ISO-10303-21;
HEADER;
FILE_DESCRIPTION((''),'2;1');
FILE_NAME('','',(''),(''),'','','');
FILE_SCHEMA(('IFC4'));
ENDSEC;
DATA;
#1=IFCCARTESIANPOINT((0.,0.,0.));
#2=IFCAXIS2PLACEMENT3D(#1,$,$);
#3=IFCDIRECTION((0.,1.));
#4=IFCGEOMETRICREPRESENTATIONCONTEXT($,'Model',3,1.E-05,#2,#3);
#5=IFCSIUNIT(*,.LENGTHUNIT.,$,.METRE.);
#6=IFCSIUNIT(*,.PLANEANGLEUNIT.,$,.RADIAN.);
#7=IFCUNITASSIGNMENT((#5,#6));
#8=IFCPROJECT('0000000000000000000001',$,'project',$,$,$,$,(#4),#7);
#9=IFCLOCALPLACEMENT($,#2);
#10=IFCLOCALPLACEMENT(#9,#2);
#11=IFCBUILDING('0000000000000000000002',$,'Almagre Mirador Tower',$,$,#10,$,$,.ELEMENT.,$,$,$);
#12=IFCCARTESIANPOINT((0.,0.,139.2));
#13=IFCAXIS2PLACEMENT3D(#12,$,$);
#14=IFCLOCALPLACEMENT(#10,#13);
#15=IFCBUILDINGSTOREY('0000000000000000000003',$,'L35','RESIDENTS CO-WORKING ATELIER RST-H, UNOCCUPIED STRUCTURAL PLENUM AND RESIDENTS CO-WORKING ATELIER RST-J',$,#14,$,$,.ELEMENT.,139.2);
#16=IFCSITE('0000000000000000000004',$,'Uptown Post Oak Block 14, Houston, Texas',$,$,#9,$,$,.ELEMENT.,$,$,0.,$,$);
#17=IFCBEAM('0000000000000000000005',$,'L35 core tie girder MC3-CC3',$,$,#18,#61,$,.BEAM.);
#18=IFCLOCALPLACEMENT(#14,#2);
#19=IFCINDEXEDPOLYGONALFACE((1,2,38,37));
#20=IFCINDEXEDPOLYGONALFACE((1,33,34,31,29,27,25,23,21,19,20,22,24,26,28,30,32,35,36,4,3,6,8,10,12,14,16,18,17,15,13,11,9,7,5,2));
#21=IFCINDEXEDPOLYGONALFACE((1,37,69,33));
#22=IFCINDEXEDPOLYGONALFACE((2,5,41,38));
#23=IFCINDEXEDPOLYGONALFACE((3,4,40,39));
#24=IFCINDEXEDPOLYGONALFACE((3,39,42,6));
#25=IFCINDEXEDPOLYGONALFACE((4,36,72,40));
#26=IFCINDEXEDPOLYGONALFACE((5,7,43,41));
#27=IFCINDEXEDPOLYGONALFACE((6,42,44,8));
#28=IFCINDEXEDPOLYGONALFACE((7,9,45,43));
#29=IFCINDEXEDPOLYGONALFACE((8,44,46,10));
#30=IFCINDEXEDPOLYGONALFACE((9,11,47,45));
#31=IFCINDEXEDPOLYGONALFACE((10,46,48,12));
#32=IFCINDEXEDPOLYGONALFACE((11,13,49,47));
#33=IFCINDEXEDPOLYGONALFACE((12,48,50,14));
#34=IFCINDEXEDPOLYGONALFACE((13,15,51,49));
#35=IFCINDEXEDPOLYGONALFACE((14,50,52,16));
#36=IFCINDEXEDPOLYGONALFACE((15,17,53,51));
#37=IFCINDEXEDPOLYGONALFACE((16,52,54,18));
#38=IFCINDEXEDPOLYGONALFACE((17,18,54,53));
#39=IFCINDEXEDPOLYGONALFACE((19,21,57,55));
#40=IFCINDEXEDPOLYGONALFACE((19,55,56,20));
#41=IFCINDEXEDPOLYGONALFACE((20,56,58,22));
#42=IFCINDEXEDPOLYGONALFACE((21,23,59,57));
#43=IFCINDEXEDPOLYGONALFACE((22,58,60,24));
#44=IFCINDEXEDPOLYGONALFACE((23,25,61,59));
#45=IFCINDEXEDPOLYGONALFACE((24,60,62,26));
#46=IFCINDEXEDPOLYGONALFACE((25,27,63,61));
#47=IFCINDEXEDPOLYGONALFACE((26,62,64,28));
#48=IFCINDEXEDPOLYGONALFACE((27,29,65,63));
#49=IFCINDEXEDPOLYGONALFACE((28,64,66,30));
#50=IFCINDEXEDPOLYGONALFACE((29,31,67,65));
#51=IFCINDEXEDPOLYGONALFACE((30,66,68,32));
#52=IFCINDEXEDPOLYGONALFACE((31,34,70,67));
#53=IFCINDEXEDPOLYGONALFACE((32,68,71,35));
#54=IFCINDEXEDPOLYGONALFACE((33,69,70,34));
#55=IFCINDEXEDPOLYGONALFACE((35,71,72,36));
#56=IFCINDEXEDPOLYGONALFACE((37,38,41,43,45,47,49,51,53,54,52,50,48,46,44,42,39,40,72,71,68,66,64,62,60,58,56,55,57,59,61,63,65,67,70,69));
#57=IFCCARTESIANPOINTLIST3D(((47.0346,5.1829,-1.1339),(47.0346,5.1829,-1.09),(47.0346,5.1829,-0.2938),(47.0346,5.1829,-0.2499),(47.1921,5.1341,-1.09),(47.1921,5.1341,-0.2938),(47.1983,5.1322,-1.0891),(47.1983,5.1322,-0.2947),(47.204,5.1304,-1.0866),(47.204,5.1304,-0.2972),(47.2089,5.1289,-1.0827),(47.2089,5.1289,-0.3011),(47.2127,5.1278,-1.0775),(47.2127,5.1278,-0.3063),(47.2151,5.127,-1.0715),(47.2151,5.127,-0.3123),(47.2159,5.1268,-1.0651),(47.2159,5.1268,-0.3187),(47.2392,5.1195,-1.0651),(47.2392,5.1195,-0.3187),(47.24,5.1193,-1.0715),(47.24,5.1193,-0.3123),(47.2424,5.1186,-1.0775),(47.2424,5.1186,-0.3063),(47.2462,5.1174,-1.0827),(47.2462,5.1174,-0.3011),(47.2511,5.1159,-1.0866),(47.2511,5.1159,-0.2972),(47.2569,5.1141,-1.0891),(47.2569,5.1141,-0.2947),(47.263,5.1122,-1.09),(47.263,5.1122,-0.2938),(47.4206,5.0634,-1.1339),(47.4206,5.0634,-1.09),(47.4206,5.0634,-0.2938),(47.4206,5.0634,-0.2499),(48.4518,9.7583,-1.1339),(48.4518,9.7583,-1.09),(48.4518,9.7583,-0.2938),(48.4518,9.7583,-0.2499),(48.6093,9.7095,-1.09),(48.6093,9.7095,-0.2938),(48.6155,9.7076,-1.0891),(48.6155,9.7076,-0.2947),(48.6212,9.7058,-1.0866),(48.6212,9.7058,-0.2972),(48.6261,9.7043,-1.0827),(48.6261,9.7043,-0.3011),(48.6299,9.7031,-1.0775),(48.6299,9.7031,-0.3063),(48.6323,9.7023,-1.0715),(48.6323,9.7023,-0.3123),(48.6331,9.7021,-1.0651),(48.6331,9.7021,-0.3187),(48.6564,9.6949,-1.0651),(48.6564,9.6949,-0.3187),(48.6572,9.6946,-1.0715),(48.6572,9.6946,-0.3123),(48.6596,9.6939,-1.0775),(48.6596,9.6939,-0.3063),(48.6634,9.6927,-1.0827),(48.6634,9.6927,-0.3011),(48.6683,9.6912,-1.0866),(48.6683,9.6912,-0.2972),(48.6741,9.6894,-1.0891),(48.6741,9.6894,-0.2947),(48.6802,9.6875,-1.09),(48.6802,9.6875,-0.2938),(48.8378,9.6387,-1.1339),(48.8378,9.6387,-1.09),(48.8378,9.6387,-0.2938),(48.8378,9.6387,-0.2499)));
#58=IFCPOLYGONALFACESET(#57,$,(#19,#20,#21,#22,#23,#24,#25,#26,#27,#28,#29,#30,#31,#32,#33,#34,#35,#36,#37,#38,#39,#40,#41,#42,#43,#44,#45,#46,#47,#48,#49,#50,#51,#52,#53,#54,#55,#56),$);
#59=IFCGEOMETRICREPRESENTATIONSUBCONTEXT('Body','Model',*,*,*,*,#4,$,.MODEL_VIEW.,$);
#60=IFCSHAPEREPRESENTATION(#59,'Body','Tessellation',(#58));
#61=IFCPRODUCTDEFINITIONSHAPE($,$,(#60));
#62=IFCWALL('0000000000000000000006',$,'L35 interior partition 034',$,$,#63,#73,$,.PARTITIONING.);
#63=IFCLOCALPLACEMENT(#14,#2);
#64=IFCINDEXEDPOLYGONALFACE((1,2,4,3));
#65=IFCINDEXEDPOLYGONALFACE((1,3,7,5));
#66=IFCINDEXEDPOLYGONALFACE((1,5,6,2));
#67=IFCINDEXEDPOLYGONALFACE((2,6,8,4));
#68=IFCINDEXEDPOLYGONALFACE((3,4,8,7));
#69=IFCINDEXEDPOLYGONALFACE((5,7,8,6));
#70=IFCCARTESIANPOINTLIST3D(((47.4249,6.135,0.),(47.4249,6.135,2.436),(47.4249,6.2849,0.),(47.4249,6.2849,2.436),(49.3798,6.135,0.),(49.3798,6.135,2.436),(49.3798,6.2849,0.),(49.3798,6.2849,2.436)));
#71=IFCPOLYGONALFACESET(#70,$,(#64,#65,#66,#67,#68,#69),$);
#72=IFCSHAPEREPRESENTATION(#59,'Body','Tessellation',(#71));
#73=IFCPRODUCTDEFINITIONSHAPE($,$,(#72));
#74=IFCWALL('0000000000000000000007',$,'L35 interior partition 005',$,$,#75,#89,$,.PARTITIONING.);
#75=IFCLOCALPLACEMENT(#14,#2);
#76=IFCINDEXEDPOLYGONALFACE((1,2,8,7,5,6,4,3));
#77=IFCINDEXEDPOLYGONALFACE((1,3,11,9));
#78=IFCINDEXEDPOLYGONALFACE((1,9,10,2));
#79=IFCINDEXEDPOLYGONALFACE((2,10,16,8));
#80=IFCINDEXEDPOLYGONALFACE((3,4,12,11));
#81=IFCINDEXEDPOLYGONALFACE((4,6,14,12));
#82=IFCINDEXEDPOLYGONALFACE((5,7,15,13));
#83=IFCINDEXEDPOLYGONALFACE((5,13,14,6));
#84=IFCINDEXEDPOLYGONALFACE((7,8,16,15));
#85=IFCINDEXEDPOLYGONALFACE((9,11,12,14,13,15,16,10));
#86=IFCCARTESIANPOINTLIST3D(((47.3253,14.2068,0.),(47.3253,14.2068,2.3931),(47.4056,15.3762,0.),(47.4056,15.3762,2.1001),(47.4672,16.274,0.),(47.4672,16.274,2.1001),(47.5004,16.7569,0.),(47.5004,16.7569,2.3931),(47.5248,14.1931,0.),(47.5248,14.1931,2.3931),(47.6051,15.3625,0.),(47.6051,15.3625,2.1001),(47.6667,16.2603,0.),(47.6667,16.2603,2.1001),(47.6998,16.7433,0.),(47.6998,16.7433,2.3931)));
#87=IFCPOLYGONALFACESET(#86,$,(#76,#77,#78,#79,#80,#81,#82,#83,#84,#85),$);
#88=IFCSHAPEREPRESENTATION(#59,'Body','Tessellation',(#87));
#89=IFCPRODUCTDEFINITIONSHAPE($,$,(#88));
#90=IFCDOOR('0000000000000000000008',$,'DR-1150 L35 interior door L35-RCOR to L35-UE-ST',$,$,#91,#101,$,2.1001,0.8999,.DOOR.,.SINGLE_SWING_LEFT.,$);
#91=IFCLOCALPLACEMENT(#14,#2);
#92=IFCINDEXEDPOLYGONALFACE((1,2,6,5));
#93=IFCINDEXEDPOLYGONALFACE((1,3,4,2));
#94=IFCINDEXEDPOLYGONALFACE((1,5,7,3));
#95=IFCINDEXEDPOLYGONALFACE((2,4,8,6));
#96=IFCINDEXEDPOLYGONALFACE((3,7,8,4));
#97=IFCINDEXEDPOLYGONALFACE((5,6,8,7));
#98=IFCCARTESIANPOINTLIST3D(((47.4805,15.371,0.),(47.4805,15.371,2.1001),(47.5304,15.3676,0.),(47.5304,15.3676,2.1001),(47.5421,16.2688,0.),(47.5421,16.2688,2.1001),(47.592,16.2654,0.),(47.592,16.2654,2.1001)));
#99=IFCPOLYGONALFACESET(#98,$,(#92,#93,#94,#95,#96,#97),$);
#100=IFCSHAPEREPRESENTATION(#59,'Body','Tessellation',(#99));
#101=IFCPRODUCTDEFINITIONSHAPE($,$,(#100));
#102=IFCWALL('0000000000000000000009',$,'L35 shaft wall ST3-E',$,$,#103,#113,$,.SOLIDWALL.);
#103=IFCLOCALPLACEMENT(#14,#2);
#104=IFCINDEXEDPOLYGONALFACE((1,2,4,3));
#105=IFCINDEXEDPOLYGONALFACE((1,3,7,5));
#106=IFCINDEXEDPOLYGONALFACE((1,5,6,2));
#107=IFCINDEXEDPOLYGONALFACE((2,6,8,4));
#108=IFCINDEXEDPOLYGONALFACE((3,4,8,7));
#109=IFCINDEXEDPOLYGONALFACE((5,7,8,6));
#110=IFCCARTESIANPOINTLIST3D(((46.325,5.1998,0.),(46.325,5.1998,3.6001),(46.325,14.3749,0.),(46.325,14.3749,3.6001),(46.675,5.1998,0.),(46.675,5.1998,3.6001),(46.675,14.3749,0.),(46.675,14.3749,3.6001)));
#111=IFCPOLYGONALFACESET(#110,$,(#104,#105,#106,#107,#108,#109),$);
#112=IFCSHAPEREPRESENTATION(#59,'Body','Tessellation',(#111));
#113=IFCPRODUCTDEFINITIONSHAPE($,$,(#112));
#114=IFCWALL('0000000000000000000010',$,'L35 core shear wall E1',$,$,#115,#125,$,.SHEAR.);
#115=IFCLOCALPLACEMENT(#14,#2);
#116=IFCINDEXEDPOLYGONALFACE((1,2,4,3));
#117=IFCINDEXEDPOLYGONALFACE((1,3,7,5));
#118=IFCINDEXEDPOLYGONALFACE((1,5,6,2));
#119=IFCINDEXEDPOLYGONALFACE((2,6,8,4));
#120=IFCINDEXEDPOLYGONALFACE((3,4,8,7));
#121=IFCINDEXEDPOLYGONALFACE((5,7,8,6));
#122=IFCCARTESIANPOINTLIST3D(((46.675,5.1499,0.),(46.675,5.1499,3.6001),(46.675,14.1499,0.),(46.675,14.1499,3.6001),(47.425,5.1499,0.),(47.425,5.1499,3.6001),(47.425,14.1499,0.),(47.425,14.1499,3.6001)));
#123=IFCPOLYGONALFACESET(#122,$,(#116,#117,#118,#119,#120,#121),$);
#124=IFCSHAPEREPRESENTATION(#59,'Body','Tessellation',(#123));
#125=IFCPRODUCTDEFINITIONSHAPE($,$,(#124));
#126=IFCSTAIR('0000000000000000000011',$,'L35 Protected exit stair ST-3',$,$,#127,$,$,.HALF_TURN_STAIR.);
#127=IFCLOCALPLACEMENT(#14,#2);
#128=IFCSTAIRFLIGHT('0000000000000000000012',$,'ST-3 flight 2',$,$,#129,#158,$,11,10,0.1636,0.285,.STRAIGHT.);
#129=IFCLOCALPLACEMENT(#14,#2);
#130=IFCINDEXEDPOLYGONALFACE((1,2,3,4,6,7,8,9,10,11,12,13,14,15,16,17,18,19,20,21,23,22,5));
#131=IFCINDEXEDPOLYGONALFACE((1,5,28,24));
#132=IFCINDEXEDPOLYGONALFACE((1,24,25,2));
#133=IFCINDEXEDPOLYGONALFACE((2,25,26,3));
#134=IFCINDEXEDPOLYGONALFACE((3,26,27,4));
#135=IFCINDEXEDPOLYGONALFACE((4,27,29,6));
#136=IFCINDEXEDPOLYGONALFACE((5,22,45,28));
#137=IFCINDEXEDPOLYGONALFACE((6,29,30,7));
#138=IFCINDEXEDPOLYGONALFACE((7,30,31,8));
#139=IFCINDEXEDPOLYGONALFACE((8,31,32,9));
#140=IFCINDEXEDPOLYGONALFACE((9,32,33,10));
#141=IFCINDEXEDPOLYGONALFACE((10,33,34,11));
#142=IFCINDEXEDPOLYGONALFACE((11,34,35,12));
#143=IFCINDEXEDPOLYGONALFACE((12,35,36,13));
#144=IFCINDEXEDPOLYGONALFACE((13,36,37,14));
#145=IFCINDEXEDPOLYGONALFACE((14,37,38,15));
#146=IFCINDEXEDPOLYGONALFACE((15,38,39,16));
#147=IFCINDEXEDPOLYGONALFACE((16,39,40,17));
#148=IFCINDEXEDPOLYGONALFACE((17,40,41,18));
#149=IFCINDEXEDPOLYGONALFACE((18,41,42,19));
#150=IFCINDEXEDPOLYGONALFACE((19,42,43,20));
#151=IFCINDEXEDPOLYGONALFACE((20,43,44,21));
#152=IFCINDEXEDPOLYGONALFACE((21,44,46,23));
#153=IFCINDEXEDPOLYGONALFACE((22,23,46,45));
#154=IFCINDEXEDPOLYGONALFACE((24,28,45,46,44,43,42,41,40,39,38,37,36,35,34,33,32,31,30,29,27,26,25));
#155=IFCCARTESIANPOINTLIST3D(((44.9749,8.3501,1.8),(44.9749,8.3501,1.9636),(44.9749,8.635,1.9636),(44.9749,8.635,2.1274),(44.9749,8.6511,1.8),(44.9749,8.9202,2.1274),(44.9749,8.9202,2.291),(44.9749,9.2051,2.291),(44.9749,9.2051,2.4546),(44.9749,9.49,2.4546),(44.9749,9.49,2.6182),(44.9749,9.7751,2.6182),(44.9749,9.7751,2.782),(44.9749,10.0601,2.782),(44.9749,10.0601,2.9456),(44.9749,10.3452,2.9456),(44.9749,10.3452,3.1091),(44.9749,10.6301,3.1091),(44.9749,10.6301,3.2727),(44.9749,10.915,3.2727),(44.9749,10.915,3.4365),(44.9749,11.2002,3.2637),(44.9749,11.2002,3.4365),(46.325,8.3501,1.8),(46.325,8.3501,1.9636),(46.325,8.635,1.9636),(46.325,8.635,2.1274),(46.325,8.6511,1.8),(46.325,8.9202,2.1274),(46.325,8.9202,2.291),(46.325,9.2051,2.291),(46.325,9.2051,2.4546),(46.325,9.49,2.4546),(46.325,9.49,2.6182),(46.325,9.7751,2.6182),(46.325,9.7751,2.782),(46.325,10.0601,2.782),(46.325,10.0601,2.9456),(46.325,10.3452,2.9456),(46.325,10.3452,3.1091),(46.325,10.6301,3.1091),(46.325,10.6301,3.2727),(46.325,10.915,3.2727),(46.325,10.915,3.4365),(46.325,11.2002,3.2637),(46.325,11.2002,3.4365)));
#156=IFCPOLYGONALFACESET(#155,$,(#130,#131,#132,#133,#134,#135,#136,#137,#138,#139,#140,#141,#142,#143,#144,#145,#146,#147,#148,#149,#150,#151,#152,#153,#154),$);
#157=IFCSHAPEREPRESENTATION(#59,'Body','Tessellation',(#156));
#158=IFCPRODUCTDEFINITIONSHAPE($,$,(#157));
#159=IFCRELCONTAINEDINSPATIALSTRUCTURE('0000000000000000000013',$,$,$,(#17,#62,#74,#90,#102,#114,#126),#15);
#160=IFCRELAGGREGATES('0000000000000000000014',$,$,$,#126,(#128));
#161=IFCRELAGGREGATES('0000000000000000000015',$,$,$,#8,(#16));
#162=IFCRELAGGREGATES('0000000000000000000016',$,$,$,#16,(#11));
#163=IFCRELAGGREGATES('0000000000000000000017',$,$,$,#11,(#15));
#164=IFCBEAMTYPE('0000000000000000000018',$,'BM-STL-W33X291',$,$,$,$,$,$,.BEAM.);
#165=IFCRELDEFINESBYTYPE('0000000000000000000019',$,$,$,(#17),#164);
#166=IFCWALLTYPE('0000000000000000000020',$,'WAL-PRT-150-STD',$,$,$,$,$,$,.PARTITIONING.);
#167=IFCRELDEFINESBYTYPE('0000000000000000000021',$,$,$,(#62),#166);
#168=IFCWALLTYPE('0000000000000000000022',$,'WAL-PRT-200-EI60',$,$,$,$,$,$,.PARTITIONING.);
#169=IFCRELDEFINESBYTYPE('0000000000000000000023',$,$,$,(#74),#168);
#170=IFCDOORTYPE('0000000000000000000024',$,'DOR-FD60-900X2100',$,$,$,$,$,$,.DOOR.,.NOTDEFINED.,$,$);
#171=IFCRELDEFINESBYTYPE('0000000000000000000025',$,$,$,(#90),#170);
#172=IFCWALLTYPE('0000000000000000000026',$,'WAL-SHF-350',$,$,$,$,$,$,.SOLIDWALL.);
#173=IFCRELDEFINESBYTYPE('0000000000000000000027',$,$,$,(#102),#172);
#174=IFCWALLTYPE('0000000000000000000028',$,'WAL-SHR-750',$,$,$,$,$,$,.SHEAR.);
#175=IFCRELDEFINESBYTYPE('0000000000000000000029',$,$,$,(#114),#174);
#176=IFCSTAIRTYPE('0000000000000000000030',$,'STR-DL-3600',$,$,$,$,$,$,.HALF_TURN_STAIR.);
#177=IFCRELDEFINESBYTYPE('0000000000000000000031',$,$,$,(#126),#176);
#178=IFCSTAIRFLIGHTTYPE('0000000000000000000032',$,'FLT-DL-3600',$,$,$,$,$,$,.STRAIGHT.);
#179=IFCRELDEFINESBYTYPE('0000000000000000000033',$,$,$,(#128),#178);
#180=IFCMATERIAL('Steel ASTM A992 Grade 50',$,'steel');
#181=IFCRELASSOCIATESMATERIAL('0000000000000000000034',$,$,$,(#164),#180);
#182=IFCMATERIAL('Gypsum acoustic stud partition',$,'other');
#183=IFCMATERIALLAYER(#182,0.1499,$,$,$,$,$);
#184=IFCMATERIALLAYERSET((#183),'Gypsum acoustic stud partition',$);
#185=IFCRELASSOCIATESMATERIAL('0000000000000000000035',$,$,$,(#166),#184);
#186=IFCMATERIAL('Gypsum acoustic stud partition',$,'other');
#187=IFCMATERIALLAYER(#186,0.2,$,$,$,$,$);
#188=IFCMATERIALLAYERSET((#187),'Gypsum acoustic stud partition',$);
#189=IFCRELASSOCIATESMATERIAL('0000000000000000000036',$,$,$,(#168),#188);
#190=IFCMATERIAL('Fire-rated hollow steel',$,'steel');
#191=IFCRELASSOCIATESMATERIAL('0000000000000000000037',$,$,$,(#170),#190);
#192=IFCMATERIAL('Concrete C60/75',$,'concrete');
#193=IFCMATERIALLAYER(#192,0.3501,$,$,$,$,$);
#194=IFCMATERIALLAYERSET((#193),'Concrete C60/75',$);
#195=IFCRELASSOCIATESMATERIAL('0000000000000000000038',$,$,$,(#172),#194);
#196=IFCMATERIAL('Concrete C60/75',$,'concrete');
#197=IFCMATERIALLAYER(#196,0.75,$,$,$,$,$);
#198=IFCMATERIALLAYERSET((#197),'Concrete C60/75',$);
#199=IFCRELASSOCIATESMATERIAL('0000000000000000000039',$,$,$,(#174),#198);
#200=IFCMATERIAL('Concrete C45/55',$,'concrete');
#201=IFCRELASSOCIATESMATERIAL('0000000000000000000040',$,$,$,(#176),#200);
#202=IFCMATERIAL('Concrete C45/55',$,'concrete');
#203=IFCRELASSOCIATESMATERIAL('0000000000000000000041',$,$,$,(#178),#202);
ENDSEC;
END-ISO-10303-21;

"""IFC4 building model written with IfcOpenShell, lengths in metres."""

from ifc_helpers import new_model, si_unit, direction, frame, frame_2d, origin, origin_2d, place, context, subcontext, project, spatial, polyline, rectangle, i_section, outline, extrude, material, layer, layer_set, material_profile, profile_set, type_object, element, fill, aggregate, save


model = new_model("IFC4")

# Units and contexts
model_context = context("Model", 3, precision=1e-05, world=origin(), true_north=direction((0.0, 1.0)))
body_context = subcontext(model_context, "Body", "Model", "MODEL_VIEW")
ifc_project = project(units=[si_unit("LENGTHUNIT", "METRE"), si_unit("PLANEANGLEUNIT", "RADIAN")], contexts=[model_context])

# Site, building, storey
site_placement = place(None, origin())
site = spatial("IfcSite", under=ifc_project, at=site_placement, Name="Uptown Post Oak Block 14, Houston, Texas", CompositionType="ELEMENT", RefElevation=0.0)
building_placement = place(site_placement, origin())
building = spatial("IfcBuilding", under=site, at=building_placement, Name="Almagre Mirador Tower", CompositionType="ELEMENT")
storey_placement = place(building_placement, frame((0.0, 0.0, 139.2)))
storey = spatial("IfcBuildingStorey", under=building, at=storey_placement, Name="L35", Description="RESIDENTS CO-WORKING ATELIER RST-H, UNOCCUPIED STRUCTURAL PLENUM AND RESIDENTS CO-WORKING ATELIER RST-J", CompositionType="ELEMENT", Elevation=139.2)

# Beam
ifc_material_1 = material(Name="Steel ASTM A992 Grade 50", Category="steel")
ifc_material_profile_1 = material_profile(ifc_material_1, i_section(OverallWidth=0.4041, OverallDepth=0.884, WebThickness=0.0244, FlangeThickness=0.0439, FilletRadius=0.0249, at=origin_2d()), Name="W33X291")
ifc_profile_set_1 = profile_set([ifc_material_profile_1], Name="Steel ASTM A992 Grade 50")
beam_type_1 = type_object("IfcBeamType", Name="BM-STL-W33X291", PredefinedType="BEAM", material=ifc_profile_set_1)
beam_1_placement = place(storey_placement, frame((48.6448, 9.6985, -0.6919), z_axis=(-0.29588, -0.955225, 0.0), x_axis=(0.955225, -0.29588, 0.0)))
element("IfcBeam", 1, at=beam_1_placement, inside=storey, type_object=beam_type_1, Name="L35 core tie girder MC3-CC3", PredefinedType="BEAM", context=body_context, shape_type="SweptSolid", body=[
    extrude(i_section(OverallWidth=0.4041, OverallDepth=0.884, WebThickness=0.0244, FlangeThickness=0.0439, FilletRadius=0.0249, at=origin_2d()), origin(), (0.0, 0.0, 1.0), 4.7898),
])

# Wall
ifc_material_2 = material(Name="Gypsum acoustic stud partition", Category="other")
ifc_layer_1 = layer(ifc_material_2, 0.1499)
ifc_layer_set_1 = layer_set([ifc_layer_1], Name="Gypsum acoustic stud partition")
wall_type_1 = type_object("IfcWallType", Name="WAL-PRT-150-STD", PredefinedType="PARTITIONING", material=ifc_layer_set_1)
wall_1_placement = place(storey_placement, frame((49.3799, 6.21, 0.0), z_axis=(0.0, 0.0, 1.0), x_axis=(-1.0, 0.0, 0.0)))
element("IfcWall", 2, at=wall_1_placement, inside=storey, type_object=wall_type_1, Name="L35 interior partition 034", PredefinedType="PARTITIONING", context=body_context, shape_type="SweptSolid", body=[
    extrude(rectangle(XDim=1.9548, YDim=0.1499, at=frame_2d((0.9775, 0.0))), origin(), (0.0, 0.0, 1.0), 2.436),
])

# Wall, opening, door
ifc_material_3 = material(Name="Gypsum acoustic stud partition", Category="other")
ifc_layer_2 = layer(ifc_material_3, 0.2)
ifc_layer_set_2 = layer_set([ifc_layer_2], Name="Gypsum acoustic stud partition")
wall_type_2 = type_object("IfcWallType", Name="WAL-PRT-200-EI60", PredefinedType="PARTITIONING", material=ifc_layer_set_2)
wall_2_placement = place(storey_placement, frame((47.425, 14.2, 0.0), z_axis=(0.0, 0.0, 1.0), x_axis=(0.068484, 0.997652, 0.0)))
wall_2 = element("IfcWall", 3, at=wall_2_placement, inside=storey, type_object=wall_type_2, Name="L35 interior partition 005", PredefinedType="PARTITIONING", context=body_context, shape_type="SweptSolid", body=[
    extrude(rectangle(XDim=2.5562, YDim=0.2, at=frame_2d((1.2781, 0.0))), origin(), (0.0, 0.0, 1.0), 2.3931),
])
opening_placement = place(wall_2_placement, frame((1.1721, 0.0, 0.0)))
opening = element("IfcOpeningElement", 4, at=opening_placement, cuts=wall_2, PredefinedType="OPENING", context=body_context, shape_type="SweptSolid", body=[
    extrude(rectangle(XDim=0.8999, YDim=2.1001, at=frame_2d((0.45, 1.05))), frame((0.0, 0.1101, 0.0), z_axis=(0.0, -1.0, 0.0), x_axis=(1.0, 0.0, 0.0)), (0.0, 0.0, 1.0), 0.22),
])
ifc_material_4 = material(Name="Fire-rated hollow steel", Category="steel")
door_type = type_object("IfcDoorType", Name="DOR-FD60-900X2100", OperationType="NOTDEFINED", PredefinedType="DOOR", material=ifc_material_4)
door_placement = place(opening_placement, origin())
door = element("IfcDoor", 5, at=door_placement, inside=storey, type_object=door_type, Name="DR-1150 L35 interior door L35-RCOR to L35-UE-ST", OperationType="SINGLE_SWING_LEFT", OverallHeight=2.1001, OverallWidth=0.8999, PredefinedType="DOOR", context=body_context, shape_type="SweptSolid", body=[
    extrude(rectangle(XDim=0.8999, YDim=2.1001, at=frame_2d((0.45, 1.05))), frame((0.0, 0.0249, 0.0), z_axis=(0.0, -1.0, 0.0), x_axis=(1.0, 0.0, 0.0)), (0.0, 0.0, 1.0), 0.05),
])
fill(opening, door)

# Walls
ifc_material_5 = material(Name="Concrete C60/75", Category="concrete")
ifc_layer_3 = layer(ifc_material_5, 0.3501)
ifc_layer_set_3 = layer_set([ifc_layer_3], Name="Concrete C60/75")
wall_type_3 = type_object("IfcWallType", Name="WAL-SHF-350", PredefinedType="SOLIDWALL", material=ifc_layer_set_3)
wall_3_placement = place(storey_placement, frame((46.5, 5.2, 0.0), z_axis=(0.0, 0.0, 1.0), x_axis=(0.0, 1.0, 0.0)))
element("IfcWall", 6, at=wall_3_placement, inside=storey, type_object=wall_type_3, Name="L35 shaft wall ST3-E", PredefinedType="SOLIDWALL", context=body_context, shape_type="SweptSolid", body=[
    extrude(rectangle(XDim=9.175, YDim=0.3501, at=frame_2d((4.5874, 0.0))), origin(), (0.0, 0.0, 1.0), 3.6001),
])
ifc_material_6 = material(Name="Concrete C60/75", Category="concrete")
ifc_layer_4 = layer(ifc_material_6, 0.75)
ifc_layer_set_4 = layer_set([ifc_layer_4], Name="Concrete C60/75")
wall_type_4 = type_object("IfcWallType", Name="WAL-SHR-750", PredefinedType="SHEAR", material=ifc_layer_set_4)
wall_4_placement = place(storey_placement, frame((47.05, 5.1499, 0.0), z_axis=(0.0, 0.0, 1.0), x_axis=(0.0, 1.0, 0.0)))
element("IfcWall", 7, at=wall_4_placement, inside=storey, type_object=wall_type_4, Name="L35 core shear wall E1", PredefinedType="SHEAR", context=body_context, shape_type="SweptSolid", body=[
    extrude(rectangle(XDim=9.0, YDim=0.75, at=frame_2d((4.5, 0.0))), origin(), (0.0, 0.0, 1.0), 3.6001),
])

# Stair, stair flight
ifc_material_7 = material(Name="Concrete C45/55", Category="concrete")
stair_type = type_object("IfcStairType", Name="STR-DL-3600", PredefinedType="HALF_TURN_STAIR", material=ifc_material_7)
stair_placement = place(storey_placement, origin())
stair = element("IfcStair", 8, at=stair_placement, inside=storey, type_object=stair_type, Name="L35 Protected exit stair ST-3", PredefinedType="HALF_TURN_STAIR")
ifc_material_8 = material(Name="Concrete C45/55", Category="concrete")
stair_flight_type = type_object("IfcStairFlightType", Name="FLT-DL-3600", PredefinedType="STRAIGHT", material=ifc_material_8)
stair_flight_placement = place(storey_placement, frame((45.6499, 8.3501, 1.8), z_axis=(0.0, 0.0, 1.0), x_axis=(0.0, 1.0, 0.0)))
stair_flight = element("IfcStairFlight", 9, at=stair_flight_placement, type_object=stair_flight_type, Name="ST-3 flight 2", NumberOfRisers=11, NumberOfTreads=10, PredefinedType="STRAIGHT", RiserHeight=0.1636, TreadLength=0.285, context=body_context, shape_type="SweptSolid", body=[
    extrude(outline(polyline([(0.0, 0.0), (0.0, 0.1636), (0.2849, 0.1636), (0.2849, 0.3274), (0.5701, 0.3274), (0.5701, 0.491), (0.855, 0.491), (0.855, 0.6545), (1.1399, 0.6545), (1.1399, 0.8181), (1.425, 0.8181), (1.425, 0.9819), (1.71, 0.9819), (1.71, 1.1455), (1.9951, 1.1455), (1.9951, 1.3091), (2.28, 1.3091), (2.28, 1.4727), (2.5649, 1.4727), (2.5649, 1.6365), (2.8501, 1.6365), (2.8501, 1.8), (2.8501, 1.4636), (0.301, 0.0), (0.0, 0.0)])), frame((0.0, 0.675, 0.0), z_axis=(0.0, -1.0, 0.0), x_axis=(1.0, 0.0, 0.0)), (0.0, 0.0, 1.0), 1.3501),
])
aggregate(stair, [stair_flight])

save(model, "model.ifc")
